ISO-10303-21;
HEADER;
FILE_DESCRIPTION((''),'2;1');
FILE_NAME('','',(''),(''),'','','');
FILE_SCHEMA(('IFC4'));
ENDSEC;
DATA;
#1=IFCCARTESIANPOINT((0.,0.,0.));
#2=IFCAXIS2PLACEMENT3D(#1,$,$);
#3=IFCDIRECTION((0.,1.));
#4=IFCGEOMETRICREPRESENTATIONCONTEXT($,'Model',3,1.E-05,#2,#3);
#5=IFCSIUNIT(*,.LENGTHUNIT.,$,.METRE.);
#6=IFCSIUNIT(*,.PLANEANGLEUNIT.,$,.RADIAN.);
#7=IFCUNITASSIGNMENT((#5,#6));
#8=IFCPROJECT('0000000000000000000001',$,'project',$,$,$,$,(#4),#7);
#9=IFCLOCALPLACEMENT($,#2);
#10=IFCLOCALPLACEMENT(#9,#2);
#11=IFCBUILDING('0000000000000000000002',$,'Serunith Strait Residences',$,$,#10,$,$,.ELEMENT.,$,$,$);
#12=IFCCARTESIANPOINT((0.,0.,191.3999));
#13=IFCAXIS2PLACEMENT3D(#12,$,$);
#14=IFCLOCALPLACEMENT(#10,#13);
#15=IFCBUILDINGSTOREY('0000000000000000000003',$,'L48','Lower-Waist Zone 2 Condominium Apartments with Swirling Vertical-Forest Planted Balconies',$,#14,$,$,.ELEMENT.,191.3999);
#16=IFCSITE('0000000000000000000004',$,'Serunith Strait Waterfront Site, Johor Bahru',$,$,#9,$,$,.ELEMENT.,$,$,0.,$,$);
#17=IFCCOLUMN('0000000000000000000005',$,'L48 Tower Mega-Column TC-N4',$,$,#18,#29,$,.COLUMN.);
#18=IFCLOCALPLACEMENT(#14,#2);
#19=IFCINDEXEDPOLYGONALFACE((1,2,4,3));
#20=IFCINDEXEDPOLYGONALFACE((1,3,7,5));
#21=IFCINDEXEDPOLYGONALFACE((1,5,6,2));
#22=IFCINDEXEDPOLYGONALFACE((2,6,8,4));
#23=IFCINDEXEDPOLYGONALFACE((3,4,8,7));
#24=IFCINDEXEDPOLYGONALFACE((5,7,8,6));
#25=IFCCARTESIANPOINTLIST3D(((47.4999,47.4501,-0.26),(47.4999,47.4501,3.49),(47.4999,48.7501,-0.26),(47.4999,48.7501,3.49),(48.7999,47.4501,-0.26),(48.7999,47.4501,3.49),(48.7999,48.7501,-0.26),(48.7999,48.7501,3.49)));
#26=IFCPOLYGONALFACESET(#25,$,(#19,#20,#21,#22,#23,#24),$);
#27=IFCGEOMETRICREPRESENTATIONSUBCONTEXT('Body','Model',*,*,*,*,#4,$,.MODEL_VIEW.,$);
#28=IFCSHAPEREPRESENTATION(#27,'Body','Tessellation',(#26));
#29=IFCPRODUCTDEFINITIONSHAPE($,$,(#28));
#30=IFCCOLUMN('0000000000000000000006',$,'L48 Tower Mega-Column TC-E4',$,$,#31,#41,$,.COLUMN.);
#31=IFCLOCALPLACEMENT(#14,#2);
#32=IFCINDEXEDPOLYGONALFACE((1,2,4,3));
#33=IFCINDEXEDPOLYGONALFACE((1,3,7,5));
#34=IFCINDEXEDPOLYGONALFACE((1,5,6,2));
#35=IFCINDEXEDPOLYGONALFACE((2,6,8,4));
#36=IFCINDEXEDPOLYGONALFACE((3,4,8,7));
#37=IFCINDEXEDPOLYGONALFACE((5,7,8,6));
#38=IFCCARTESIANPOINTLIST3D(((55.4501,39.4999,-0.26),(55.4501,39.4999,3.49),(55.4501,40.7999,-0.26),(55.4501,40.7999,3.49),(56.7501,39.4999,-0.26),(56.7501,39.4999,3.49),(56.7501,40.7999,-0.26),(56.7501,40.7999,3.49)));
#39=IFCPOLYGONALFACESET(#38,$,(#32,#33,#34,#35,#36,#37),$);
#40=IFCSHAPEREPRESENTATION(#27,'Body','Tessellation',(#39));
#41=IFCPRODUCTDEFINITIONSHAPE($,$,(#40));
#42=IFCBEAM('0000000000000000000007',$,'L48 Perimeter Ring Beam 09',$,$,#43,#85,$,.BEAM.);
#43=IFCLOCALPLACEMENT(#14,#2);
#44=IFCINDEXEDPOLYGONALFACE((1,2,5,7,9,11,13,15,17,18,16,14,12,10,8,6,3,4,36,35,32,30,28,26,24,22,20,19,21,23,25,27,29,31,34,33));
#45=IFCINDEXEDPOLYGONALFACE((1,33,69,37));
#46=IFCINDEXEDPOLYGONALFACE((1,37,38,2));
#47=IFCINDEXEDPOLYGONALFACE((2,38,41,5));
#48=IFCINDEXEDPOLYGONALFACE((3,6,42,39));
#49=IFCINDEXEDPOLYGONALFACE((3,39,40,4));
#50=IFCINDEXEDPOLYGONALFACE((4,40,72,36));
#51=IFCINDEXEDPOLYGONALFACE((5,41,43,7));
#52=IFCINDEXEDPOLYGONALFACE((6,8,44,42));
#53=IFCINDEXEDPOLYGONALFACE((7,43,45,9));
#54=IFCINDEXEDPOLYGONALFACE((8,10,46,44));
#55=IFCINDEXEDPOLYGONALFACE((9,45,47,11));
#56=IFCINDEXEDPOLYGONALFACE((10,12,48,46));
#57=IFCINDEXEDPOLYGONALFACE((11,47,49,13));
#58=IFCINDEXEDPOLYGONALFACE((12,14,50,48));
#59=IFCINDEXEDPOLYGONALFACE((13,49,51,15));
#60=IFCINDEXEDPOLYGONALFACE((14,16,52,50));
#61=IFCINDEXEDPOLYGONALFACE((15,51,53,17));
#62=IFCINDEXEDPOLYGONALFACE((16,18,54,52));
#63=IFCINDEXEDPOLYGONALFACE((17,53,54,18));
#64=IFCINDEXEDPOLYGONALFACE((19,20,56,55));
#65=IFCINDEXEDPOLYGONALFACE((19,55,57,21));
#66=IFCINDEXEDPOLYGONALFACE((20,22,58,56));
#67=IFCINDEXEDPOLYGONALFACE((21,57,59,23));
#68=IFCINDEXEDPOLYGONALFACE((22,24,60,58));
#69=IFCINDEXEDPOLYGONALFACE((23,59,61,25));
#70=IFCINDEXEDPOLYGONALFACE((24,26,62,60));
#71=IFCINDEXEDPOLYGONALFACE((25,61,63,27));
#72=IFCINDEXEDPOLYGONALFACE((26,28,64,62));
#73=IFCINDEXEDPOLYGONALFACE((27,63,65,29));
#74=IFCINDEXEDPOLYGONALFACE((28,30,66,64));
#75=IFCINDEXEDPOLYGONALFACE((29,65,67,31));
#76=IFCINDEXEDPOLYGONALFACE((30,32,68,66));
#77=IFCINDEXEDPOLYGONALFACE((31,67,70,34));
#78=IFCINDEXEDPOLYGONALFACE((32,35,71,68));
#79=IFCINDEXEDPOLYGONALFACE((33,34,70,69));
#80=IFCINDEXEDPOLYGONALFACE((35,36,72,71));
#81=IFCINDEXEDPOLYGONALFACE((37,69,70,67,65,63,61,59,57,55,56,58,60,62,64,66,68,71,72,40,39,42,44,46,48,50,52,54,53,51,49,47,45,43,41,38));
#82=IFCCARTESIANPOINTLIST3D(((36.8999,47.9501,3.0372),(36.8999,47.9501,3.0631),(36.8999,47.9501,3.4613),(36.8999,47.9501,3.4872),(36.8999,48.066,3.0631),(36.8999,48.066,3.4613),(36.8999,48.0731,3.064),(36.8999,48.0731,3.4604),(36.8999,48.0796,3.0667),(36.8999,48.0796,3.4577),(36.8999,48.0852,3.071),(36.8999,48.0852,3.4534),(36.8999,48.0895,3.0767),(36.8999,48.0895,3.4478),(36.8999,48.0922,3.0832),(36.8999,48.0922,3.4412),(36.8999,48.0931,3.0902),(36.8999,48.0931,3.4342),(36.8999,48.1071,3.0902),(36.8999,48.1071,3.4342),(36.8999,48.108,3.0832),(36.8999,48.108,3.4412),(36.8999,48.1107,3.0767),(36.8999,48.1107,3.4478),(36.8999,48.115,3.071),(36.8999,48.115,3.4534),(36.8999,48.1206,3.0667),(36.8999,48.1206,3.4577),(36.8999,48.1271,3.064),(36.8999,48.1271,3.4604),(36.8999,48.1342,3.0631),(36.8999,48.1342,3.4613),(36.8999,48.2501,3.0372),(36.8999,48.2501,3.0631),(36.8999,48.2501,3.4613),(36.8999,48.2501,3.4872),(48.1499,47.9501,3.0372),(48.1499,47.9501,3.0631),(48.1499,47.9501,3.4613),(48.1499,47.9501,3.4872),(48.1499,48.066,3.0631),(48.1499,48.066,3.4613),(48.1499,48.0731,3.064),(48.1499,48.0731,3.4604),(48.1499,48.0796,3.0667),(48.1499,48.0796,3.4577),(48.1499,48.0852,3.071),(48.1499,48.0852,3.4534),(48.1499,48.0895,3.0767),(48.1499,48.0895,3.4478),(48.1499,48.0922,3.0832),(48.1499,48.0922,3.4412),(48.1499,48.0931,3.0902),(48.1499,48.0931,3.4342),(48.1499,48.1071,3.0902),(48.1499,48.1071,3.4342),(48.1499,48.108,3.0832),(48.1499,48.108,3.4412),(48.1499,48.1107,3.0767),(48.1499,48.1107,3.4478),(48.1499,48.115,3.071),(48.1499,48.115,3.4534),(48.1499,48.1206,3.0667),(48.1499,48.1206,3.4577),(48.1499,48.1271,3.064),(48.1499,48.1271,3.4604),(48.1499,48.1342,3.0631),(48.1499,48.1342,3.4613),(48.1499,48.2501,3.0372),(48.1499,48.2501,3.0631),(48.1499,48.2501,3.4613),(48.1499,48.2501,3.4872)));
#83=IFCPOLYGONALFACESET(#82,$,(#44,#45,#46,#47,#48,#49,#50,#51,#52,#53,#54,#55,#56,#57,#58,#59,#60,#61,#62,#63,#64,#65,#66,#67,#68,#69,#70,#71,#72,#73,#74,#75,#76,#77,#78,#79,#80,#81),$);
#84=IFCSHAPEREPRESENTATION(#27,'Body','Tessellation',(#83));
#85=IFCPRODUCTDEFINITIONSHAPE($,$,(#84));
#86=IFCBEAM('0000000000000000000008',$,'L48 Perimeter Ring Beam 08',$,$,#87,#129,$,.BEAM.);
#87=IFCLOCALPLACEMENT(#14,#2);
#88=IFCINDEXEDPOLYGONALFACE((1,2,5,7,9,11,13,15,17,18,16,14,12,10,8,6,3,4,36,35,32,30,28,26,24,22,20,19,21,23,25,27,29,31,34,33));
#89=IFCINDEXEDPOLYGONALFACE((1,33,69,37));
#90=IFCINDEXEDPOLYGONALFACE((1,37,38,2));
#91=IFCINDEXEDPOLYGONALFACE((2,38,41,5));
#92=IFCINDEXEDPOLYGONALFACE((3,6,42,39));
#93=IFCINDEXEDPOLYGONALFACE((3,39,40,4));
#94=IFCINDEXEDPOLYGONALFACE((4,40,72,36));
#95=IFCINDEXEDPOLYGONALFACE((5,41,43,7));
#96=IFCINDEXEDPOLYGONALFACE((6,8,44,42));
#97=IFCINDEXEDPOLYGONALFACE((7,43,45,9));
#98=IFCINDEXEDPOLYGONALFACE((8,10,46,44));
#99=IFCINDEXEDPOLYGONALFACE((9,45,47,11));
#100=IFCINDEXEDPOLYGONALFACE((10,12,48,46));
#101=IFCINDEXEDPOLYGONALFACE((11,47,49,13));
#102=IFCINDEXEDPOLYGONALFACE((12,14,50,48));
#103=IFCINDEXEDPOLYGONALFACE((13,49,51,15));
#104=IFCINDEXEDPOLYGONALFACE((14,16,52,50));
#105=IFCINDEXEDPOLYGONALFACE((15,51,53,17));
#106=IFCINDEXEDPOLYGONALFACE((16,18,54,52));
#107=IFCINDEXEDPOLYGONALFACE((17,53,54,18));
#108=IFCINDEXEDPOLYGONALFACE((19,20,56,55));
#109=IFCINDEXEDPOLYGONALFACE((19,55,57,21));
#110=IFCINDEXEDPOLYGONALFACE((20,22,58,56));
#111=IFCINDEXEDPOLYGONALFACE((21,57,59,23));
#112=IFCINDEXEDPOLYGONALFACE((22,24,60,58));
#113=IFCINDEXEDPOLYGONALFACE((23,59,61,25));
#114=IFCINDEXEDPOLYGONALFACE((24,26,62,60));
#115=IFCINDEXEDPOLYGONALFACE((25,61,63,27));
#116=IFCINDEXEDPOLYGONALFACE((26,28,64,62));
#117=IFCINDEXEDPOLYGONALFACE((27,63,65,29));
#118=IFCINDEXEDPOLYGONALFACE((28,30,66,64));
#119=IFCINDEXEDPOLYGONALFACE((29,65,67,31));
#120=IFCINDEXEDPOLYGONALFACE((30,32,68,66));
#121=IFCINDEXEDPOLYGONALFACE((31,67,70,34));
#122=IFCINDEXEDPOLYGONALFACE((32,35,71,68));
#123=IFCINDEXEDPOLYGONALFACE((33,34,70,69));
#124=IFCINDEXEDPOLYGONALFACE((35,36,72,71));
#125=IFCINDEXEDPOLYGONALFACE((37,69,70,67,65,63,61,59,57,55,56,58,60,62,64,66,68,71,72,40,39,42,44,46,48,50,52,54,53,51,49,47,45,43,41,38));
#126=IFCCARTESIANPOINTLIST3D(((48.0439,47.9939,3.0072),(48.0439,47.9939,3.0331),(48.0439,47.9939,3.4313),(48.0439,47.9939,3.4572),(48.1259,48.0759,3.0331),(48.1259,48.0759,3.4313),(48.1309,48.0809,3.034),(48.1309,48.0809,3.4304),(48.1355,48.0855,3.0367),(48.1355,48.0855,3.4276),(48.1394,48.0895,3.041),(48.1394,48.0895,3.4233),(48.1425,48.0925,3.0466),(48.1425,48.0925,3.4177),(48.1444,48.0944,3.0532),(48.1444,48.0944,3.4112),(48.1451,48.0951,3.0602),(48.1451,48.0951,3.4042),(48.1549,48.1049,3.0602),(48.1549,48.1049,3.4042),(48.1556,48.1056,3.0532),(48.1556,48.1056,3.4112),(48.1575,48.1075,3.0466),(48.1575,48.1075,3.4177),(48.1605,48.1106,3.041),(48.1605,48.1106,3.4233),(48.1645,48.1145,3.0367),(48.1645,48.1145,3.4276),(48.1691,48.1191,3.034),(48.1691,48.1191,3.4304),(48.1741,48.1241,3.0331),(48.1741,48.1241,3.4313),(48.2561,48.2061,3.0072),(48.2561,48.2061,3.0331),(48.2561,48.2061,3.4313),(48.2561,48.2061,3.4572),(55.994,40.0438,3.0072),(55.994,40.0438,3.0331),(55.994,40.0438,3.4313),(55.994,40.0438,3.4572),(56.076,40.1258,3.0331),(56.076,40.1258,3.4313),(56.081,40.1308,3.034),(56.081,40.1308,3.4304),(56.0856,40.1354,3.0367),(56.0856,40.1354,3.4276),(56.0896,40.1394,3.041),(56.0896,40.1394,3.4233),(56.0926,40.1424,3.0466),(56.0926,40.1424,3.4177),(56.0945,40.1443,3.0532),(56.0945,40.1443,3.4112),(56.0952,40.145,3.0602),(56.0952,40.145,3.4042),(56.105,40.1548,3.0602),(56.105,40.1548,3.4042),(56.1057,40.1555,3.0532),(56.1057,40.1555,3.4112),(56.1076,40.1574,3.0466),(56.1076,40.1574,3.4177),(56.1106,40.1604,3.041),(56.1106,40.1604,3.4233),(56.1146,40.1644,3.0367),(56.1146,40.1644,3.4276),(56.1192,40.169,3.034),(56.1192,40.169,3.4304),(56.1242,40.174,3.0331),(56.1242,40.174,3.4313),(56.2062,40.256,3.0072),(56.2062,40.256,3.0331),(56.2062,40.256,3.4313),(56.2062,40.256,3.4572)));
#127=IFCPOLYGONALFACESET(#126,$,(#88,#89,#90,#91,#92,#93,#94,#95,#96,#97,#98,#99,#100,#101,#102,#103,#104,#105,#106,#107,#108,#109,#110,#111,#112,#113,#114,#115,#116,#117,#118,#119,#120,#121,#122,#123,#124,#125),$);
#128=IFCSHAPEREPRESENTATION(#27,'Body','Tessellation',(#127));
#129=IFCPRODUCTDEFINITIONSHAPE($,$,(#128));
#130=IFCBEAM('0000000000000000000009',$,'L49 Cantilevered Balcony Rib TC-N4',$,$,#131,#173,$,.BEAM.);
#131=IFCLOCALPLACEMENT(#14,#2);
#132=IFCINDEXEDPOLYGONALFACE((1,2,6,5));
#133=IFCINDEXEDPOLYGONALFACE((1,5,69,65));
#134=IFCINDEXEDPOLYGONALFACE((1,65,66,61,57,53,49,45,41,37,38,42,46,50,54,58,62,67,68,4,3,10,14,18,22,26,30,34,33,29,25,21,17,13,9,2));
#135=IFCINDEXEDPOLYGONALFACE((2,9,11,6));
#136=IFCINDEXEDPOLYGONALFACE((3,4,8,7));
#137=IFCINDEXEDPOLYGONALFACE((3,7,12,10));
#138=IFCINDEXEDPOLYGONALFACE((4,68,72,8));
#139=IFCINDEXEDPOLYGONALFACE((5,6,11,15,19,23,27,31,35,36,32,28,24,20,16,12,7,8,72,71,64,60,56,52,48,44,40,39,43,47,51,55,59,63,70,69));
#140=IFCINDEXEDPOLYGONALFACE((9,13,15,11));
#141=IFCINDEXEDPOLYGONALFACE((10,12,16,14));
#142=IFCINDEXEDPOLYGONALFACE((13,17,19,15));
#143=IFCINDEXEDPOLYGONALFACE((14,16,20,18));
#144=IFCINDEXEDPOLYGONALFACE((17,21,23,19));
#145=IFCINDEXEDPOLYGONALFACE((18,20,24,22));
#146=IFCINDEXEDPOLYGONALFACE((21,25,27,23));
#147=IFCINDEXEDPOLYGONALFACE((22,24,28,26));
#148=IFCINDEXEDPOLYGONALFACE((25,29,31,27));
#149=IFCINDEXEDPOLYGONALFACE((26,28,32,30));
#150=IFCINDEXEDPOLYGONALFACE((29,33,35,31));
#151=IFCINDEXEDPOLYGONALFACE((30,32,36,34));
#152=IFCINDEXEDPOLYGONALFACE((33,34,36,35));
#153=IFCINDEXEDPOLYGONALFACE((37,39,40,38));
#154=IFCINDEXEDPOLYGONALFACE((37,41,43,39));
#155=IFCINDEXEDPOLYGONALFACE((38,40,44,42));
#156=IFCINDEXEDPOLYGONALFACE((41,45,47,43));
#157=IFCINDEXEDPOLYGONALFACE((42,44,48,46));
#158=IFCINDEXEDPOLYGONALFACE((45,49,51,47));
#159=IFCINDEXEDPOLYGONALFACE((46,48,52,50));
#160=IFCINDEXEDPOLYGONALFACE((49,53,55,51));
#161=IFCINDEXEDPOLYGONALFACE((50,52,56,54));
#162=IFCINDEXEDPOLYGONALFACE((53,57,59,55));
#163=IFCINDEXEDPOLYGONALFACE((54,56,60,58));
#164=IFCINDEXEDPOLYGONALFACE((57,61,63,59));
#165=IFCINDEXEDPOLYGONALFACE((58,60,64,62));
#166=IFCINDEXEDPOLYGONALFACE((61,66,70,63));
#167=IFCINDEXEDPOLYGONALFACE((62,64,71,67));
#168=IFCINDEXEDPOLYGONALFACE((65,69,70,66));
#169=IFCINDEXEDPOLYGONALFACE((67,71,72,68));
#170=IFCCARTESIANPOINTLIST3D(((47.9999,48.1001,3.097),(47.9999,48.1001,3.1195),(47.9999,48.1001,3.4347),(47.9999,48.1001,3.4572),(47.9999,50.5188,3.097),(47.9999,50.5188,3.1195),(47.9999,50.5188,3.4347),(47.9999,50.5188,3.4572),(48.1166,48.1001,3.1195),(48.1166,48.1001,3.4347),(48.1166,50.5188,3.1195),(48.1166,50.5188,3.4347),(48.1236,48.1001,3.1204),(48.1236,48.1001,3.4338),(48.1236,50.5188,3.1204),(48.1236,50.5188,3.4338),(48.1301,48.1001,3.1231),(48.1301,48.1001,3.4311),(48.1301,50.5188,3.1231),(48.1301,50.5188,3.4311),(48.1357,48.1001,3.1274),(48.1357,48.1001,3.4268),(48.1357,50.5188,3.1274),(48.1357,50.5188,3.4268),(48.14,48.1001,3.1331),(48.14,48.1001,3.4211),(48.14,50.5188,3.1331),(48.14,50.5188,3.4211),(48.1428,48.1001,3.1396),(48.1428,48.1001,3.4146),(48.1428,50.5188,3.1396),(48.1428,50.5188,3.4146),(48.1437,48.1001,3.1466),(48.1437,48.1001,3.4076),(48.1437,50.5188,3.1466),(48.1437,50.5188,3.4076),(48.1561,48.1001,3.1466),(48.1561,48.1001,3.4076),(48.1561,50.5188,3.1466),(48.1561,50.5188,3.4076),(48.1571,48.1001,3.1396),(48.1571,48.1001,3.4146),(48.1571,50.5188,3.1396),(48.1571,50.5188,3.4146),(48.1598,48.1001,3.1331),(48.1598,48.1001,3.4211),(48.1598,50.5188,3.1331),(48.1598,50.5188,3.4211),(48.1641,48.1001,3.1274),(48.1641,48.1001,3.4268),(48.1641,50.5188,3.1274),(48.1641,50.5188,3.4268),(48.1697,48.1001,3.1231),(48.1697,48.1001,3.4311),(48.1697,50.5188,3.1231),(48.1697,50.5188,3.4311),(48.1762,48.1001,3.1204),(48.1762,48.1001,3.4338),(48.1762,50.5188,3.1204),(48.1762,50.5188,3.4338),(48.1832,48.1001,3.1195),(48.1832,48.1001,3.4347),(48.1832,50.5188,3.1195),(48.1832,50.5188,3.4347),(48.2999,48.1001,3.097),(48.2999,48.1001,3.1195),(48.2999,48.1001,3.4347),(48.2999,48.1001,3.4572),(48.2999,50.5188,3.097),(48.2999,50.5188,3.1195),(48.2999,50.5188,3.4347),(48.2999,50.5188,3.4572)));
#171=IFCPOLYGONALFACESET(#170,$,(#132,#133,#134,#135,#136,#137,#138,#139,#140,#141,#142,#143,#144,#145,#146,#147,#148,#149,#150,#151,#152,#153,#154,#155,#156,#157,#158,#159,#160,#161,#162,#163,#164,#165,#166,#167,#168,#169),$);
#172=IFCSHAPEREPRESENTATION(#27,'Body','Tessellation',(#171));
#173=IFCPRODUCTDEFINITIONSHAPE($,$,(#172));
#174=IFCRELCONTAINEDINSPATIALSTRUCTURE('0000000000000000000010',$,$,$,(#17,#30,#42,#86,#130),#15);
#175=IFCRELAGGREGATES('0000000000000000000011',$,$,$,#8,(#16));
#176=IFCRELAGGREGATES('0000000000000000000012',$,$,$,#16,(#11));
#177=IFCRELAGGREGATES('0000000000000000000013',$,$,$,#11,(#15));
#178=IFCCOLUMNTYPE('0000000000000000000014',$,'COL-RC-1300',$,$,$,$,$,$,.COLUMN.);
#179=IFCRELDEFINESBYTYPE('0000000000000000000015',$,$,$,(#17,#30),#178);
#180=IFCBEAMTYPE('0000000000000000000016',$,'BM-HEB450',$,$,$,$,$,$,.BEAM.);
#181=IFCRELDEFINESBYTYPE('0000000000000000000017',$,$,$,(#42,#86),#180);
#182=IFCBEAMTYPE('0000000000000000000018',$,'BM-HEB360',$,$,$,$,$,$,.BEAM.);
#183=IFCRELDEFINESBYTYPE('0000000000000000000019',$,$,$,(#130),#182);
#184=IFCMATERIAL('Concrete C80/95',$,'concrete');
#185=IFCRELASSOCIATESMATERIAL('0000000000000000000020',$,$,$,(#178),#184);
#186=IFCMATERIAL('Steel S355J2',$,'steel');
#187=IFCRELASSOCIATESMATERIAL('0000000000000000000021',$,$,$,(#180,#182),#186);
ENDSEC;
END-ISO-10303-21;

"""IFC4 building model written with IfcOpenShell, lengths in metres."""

from ifc_helpers import new_model, si_unit, direction, frame, origin, origin_2d, place, context, subcontext, project, spatial, rectangle, i_section, extrude, source, transform, mapped, material, material_profile, profile_set, type_object, element, save


model = new_model("IFC4")

# Units and contexts
model_context = context("Model", 3, precision=1e-05, world=origin(), true_north=direction((0.0, 1.0)))
body_context = subcontext(model_context, "Body", "Model", "MODEL_VIEW")
ifc_project = project(units=[si_unit("LENGTHUNIT", "METRE"), si_unit("PLANEANGLEUNIT", "RADIAN")], contexts=[model_context])

# Site, building, storey
site_placement = place(None, origin())
site = spatial("IfcSite", under=ifc_project, at=site_placement, Name="Serunith Strait Waterfront Site, Johor Bahru", CompositionType="ELEMENT", RefElevation=0.0)
building_placement = place(site_placement, origin())
building = spatial("IfcBuilding", under=site, at=building_placement, Name="Serunith Strait Residences", CompositionType="ELEMENT")
storey_placement = place(building_placement, frame((0.0, 0.0, 191.3999)))
storey = spatial("IfcBuildingStorey", under=building, at=storey_placement, Name="L48", Description="Lower-Waist Zone 2 Condominium Apartments with Swirling Vertical-Forest Planted Balconies", CompositionType="ELEMENT", Elevation=191.3999)

# Columns
ifc_material_1 = material(Name="Concrete C80/95", Category="concrete")
ifc_material_profile_1 = material_profile(ifc_material_1, rectangle(XDim=1.3, YDim=1.3, at=origin_2d()), Name="RC 1300x1300")
ifc_profile_set_1 = profile_set([ifc_material_profile_1], Name="Concrete C80/95")
column_type = type_object("IfcColumnType", Name="COL-RC-1300", PredefinedType="COLUMN", material=ifc_profile_set_1)
shared_shape_1 = source(origin(), body_context, "Body", "SweptSolid", [
    extrude(rectangle(XDim=1.3, YDim=1.3, at=origin_2d()), origin(), (0.0, 0.0, 1.0), 3.75),
])
for number, where, z_axis, x_axis, name in (
    (1, (48.1499, 48.1001, -0.26), (0.0, 0.0, 1.0), (1.0, 0.0, 0.0), "L48 Tower Mega-Column TC-N4"),
    (2, (56.1001, 40.1499, -0.26), (0.0, 0.0, 1.0), (1.0, 0.0, 0.0), "L48 Tower Mega-Column TC-E4"),
):
    element("IfcColumn", number, at=place(storey_placement, frame(where, z_axis=z_axis, x_axis=x_axis)), inside=storey, type_object=column_type, Name=name, PredefinedType="COLUMN", context=body_context, shape_type="MappedRepresentation", body=[
        mapped(shared_shape_1, transform((0.0, 0.0, 0.0), scale=1.0)),
    ])

# Beams
ifc_material_2 = material(Name="Steel S355J2", Category="steel")
ifc_material_profile_2 = material_profile(ifc_material_2, i_section(OverallWidth=0.3, OverallDepth=0.45, WebThickness=0.0139, FlangeThickness=0.0259, FilletRadius=0.0271, at=origin_2d()), Name="HEB 450")
ifc_profile_set_2 = profile_set([ifc_material_profile_2], Name="Steel S355J2")
beam_type_1 = type_object("IfcBeamType", Name="BM-HEB450", PredefinedType="BEAM", material=ifc_profile_set_2)
shared_shape_2 = source(origin(), body_context, "Body", "SweptSolid", [
    extrude(i_section(OverallWidth=0.3, OverallDepth=0.45, WebThickness=0.0139, FlangeThickness=0.0259, FilletRadius=0.0271, at=origin_2d()), origin(), (0.0, 0.0, 1.0), 11.25),
])
beam_1_placement = place(storey_placement, frame((48.1499, 48.1001, 3.2622), z_axis=(-1.0, 0.0, 0.0), x_axis=(0.0, -1.0, 0.0)))
element("IfcBeam", 3, at=beam_1_placement, inside=storey, type_object=beam_type_1, Name="L48 Perimeter Ring Beam 09", PredefinedType="BEAM", context=body_context, shape_type="MappedRepresentation", body=[
    mapped(shared_shape_2, transform((0.0, 0.0, 0.0), scale=1.0)),
])
shared_shape_3 = source(origin(), body_context, "Body", "SweptSolid", [
    extrude(i_section(OverallWidth=0.3, OverallDepth=0.45, WebThickness=0.0139, FlangeThickness=0.0259, FilletRadius=0.0271, at=origin_2d()), origin(), (0.0, 0.0, 1.0), 11.2432),
])
beam_2_placement = place(storey_placement, frame((56.1001, 40.1499, 3.2322), z_axis=(-0.707107, 0.707107, 0.0), x_axis=(-0.707107, -0.707107, 0.0)))
element("IfcBeam", 4, at=beam_2_placement, inside=storey, type_object=beam_type_1, Name="L48 Perimeter Ring Beam 08", PredefinedType="BEAM", context=body_context, shape_type="MappedRepresentation", body=[
    mapped(shared_shape_3, transform((0.0, 0.0, 0.0), scale=1.0)),
])
ifc_material_profile_3 = material_profile(ifc_material_2, i_section(OverallWidth=0.3, OverallDepth=0.3601, WebThickness=0.0125, FlangeThickness=0.0225, FilletRadius=0.0271, at=origin_2d()), Name="HEB 360")
ifc_profile_set_3 = profile_set([ifc_material_profile_3], Name="Steel S355J2")
beam_type_2 = type_object("IfcBeamType", Name="BM-HEB360", PredefinedType="BEAM", material=ifc_profile_set_3)
shared_shape_4 = source(origin(), body_context, "Body", "SweptSolid", [
    extrude(i_section(OverallWidth=0.3, OverallDepth=0.3601, WebThickness=0.0125, FlangeThickness=0.0225, FilletRadius=0.0271, at=origin_2d()), origin(), (0.0, 0.0, 1.0), 2.4187),
])
beam_3_placement = place(storey_placement, frame((48.1499, 48.1001, 3.2771), z_axis=(0.0, 1.0, 0.0), x_axis=(-1.0, 0.0, 0.0)))
element("IfcBeam", 5, at=beam_3_placement, inside=storey, type_object=beam_type_2, Name="L49 Cantilevered Balcony Rib TC-N4", PredefinedType="BEAM", context=body_context, shape_type="MappedRepresentation", body=[
    mapped(shared_shape_4, transform((0.0, 0.0, 0.0), scale=1.0)),
])

save(model, "model.ifc")
